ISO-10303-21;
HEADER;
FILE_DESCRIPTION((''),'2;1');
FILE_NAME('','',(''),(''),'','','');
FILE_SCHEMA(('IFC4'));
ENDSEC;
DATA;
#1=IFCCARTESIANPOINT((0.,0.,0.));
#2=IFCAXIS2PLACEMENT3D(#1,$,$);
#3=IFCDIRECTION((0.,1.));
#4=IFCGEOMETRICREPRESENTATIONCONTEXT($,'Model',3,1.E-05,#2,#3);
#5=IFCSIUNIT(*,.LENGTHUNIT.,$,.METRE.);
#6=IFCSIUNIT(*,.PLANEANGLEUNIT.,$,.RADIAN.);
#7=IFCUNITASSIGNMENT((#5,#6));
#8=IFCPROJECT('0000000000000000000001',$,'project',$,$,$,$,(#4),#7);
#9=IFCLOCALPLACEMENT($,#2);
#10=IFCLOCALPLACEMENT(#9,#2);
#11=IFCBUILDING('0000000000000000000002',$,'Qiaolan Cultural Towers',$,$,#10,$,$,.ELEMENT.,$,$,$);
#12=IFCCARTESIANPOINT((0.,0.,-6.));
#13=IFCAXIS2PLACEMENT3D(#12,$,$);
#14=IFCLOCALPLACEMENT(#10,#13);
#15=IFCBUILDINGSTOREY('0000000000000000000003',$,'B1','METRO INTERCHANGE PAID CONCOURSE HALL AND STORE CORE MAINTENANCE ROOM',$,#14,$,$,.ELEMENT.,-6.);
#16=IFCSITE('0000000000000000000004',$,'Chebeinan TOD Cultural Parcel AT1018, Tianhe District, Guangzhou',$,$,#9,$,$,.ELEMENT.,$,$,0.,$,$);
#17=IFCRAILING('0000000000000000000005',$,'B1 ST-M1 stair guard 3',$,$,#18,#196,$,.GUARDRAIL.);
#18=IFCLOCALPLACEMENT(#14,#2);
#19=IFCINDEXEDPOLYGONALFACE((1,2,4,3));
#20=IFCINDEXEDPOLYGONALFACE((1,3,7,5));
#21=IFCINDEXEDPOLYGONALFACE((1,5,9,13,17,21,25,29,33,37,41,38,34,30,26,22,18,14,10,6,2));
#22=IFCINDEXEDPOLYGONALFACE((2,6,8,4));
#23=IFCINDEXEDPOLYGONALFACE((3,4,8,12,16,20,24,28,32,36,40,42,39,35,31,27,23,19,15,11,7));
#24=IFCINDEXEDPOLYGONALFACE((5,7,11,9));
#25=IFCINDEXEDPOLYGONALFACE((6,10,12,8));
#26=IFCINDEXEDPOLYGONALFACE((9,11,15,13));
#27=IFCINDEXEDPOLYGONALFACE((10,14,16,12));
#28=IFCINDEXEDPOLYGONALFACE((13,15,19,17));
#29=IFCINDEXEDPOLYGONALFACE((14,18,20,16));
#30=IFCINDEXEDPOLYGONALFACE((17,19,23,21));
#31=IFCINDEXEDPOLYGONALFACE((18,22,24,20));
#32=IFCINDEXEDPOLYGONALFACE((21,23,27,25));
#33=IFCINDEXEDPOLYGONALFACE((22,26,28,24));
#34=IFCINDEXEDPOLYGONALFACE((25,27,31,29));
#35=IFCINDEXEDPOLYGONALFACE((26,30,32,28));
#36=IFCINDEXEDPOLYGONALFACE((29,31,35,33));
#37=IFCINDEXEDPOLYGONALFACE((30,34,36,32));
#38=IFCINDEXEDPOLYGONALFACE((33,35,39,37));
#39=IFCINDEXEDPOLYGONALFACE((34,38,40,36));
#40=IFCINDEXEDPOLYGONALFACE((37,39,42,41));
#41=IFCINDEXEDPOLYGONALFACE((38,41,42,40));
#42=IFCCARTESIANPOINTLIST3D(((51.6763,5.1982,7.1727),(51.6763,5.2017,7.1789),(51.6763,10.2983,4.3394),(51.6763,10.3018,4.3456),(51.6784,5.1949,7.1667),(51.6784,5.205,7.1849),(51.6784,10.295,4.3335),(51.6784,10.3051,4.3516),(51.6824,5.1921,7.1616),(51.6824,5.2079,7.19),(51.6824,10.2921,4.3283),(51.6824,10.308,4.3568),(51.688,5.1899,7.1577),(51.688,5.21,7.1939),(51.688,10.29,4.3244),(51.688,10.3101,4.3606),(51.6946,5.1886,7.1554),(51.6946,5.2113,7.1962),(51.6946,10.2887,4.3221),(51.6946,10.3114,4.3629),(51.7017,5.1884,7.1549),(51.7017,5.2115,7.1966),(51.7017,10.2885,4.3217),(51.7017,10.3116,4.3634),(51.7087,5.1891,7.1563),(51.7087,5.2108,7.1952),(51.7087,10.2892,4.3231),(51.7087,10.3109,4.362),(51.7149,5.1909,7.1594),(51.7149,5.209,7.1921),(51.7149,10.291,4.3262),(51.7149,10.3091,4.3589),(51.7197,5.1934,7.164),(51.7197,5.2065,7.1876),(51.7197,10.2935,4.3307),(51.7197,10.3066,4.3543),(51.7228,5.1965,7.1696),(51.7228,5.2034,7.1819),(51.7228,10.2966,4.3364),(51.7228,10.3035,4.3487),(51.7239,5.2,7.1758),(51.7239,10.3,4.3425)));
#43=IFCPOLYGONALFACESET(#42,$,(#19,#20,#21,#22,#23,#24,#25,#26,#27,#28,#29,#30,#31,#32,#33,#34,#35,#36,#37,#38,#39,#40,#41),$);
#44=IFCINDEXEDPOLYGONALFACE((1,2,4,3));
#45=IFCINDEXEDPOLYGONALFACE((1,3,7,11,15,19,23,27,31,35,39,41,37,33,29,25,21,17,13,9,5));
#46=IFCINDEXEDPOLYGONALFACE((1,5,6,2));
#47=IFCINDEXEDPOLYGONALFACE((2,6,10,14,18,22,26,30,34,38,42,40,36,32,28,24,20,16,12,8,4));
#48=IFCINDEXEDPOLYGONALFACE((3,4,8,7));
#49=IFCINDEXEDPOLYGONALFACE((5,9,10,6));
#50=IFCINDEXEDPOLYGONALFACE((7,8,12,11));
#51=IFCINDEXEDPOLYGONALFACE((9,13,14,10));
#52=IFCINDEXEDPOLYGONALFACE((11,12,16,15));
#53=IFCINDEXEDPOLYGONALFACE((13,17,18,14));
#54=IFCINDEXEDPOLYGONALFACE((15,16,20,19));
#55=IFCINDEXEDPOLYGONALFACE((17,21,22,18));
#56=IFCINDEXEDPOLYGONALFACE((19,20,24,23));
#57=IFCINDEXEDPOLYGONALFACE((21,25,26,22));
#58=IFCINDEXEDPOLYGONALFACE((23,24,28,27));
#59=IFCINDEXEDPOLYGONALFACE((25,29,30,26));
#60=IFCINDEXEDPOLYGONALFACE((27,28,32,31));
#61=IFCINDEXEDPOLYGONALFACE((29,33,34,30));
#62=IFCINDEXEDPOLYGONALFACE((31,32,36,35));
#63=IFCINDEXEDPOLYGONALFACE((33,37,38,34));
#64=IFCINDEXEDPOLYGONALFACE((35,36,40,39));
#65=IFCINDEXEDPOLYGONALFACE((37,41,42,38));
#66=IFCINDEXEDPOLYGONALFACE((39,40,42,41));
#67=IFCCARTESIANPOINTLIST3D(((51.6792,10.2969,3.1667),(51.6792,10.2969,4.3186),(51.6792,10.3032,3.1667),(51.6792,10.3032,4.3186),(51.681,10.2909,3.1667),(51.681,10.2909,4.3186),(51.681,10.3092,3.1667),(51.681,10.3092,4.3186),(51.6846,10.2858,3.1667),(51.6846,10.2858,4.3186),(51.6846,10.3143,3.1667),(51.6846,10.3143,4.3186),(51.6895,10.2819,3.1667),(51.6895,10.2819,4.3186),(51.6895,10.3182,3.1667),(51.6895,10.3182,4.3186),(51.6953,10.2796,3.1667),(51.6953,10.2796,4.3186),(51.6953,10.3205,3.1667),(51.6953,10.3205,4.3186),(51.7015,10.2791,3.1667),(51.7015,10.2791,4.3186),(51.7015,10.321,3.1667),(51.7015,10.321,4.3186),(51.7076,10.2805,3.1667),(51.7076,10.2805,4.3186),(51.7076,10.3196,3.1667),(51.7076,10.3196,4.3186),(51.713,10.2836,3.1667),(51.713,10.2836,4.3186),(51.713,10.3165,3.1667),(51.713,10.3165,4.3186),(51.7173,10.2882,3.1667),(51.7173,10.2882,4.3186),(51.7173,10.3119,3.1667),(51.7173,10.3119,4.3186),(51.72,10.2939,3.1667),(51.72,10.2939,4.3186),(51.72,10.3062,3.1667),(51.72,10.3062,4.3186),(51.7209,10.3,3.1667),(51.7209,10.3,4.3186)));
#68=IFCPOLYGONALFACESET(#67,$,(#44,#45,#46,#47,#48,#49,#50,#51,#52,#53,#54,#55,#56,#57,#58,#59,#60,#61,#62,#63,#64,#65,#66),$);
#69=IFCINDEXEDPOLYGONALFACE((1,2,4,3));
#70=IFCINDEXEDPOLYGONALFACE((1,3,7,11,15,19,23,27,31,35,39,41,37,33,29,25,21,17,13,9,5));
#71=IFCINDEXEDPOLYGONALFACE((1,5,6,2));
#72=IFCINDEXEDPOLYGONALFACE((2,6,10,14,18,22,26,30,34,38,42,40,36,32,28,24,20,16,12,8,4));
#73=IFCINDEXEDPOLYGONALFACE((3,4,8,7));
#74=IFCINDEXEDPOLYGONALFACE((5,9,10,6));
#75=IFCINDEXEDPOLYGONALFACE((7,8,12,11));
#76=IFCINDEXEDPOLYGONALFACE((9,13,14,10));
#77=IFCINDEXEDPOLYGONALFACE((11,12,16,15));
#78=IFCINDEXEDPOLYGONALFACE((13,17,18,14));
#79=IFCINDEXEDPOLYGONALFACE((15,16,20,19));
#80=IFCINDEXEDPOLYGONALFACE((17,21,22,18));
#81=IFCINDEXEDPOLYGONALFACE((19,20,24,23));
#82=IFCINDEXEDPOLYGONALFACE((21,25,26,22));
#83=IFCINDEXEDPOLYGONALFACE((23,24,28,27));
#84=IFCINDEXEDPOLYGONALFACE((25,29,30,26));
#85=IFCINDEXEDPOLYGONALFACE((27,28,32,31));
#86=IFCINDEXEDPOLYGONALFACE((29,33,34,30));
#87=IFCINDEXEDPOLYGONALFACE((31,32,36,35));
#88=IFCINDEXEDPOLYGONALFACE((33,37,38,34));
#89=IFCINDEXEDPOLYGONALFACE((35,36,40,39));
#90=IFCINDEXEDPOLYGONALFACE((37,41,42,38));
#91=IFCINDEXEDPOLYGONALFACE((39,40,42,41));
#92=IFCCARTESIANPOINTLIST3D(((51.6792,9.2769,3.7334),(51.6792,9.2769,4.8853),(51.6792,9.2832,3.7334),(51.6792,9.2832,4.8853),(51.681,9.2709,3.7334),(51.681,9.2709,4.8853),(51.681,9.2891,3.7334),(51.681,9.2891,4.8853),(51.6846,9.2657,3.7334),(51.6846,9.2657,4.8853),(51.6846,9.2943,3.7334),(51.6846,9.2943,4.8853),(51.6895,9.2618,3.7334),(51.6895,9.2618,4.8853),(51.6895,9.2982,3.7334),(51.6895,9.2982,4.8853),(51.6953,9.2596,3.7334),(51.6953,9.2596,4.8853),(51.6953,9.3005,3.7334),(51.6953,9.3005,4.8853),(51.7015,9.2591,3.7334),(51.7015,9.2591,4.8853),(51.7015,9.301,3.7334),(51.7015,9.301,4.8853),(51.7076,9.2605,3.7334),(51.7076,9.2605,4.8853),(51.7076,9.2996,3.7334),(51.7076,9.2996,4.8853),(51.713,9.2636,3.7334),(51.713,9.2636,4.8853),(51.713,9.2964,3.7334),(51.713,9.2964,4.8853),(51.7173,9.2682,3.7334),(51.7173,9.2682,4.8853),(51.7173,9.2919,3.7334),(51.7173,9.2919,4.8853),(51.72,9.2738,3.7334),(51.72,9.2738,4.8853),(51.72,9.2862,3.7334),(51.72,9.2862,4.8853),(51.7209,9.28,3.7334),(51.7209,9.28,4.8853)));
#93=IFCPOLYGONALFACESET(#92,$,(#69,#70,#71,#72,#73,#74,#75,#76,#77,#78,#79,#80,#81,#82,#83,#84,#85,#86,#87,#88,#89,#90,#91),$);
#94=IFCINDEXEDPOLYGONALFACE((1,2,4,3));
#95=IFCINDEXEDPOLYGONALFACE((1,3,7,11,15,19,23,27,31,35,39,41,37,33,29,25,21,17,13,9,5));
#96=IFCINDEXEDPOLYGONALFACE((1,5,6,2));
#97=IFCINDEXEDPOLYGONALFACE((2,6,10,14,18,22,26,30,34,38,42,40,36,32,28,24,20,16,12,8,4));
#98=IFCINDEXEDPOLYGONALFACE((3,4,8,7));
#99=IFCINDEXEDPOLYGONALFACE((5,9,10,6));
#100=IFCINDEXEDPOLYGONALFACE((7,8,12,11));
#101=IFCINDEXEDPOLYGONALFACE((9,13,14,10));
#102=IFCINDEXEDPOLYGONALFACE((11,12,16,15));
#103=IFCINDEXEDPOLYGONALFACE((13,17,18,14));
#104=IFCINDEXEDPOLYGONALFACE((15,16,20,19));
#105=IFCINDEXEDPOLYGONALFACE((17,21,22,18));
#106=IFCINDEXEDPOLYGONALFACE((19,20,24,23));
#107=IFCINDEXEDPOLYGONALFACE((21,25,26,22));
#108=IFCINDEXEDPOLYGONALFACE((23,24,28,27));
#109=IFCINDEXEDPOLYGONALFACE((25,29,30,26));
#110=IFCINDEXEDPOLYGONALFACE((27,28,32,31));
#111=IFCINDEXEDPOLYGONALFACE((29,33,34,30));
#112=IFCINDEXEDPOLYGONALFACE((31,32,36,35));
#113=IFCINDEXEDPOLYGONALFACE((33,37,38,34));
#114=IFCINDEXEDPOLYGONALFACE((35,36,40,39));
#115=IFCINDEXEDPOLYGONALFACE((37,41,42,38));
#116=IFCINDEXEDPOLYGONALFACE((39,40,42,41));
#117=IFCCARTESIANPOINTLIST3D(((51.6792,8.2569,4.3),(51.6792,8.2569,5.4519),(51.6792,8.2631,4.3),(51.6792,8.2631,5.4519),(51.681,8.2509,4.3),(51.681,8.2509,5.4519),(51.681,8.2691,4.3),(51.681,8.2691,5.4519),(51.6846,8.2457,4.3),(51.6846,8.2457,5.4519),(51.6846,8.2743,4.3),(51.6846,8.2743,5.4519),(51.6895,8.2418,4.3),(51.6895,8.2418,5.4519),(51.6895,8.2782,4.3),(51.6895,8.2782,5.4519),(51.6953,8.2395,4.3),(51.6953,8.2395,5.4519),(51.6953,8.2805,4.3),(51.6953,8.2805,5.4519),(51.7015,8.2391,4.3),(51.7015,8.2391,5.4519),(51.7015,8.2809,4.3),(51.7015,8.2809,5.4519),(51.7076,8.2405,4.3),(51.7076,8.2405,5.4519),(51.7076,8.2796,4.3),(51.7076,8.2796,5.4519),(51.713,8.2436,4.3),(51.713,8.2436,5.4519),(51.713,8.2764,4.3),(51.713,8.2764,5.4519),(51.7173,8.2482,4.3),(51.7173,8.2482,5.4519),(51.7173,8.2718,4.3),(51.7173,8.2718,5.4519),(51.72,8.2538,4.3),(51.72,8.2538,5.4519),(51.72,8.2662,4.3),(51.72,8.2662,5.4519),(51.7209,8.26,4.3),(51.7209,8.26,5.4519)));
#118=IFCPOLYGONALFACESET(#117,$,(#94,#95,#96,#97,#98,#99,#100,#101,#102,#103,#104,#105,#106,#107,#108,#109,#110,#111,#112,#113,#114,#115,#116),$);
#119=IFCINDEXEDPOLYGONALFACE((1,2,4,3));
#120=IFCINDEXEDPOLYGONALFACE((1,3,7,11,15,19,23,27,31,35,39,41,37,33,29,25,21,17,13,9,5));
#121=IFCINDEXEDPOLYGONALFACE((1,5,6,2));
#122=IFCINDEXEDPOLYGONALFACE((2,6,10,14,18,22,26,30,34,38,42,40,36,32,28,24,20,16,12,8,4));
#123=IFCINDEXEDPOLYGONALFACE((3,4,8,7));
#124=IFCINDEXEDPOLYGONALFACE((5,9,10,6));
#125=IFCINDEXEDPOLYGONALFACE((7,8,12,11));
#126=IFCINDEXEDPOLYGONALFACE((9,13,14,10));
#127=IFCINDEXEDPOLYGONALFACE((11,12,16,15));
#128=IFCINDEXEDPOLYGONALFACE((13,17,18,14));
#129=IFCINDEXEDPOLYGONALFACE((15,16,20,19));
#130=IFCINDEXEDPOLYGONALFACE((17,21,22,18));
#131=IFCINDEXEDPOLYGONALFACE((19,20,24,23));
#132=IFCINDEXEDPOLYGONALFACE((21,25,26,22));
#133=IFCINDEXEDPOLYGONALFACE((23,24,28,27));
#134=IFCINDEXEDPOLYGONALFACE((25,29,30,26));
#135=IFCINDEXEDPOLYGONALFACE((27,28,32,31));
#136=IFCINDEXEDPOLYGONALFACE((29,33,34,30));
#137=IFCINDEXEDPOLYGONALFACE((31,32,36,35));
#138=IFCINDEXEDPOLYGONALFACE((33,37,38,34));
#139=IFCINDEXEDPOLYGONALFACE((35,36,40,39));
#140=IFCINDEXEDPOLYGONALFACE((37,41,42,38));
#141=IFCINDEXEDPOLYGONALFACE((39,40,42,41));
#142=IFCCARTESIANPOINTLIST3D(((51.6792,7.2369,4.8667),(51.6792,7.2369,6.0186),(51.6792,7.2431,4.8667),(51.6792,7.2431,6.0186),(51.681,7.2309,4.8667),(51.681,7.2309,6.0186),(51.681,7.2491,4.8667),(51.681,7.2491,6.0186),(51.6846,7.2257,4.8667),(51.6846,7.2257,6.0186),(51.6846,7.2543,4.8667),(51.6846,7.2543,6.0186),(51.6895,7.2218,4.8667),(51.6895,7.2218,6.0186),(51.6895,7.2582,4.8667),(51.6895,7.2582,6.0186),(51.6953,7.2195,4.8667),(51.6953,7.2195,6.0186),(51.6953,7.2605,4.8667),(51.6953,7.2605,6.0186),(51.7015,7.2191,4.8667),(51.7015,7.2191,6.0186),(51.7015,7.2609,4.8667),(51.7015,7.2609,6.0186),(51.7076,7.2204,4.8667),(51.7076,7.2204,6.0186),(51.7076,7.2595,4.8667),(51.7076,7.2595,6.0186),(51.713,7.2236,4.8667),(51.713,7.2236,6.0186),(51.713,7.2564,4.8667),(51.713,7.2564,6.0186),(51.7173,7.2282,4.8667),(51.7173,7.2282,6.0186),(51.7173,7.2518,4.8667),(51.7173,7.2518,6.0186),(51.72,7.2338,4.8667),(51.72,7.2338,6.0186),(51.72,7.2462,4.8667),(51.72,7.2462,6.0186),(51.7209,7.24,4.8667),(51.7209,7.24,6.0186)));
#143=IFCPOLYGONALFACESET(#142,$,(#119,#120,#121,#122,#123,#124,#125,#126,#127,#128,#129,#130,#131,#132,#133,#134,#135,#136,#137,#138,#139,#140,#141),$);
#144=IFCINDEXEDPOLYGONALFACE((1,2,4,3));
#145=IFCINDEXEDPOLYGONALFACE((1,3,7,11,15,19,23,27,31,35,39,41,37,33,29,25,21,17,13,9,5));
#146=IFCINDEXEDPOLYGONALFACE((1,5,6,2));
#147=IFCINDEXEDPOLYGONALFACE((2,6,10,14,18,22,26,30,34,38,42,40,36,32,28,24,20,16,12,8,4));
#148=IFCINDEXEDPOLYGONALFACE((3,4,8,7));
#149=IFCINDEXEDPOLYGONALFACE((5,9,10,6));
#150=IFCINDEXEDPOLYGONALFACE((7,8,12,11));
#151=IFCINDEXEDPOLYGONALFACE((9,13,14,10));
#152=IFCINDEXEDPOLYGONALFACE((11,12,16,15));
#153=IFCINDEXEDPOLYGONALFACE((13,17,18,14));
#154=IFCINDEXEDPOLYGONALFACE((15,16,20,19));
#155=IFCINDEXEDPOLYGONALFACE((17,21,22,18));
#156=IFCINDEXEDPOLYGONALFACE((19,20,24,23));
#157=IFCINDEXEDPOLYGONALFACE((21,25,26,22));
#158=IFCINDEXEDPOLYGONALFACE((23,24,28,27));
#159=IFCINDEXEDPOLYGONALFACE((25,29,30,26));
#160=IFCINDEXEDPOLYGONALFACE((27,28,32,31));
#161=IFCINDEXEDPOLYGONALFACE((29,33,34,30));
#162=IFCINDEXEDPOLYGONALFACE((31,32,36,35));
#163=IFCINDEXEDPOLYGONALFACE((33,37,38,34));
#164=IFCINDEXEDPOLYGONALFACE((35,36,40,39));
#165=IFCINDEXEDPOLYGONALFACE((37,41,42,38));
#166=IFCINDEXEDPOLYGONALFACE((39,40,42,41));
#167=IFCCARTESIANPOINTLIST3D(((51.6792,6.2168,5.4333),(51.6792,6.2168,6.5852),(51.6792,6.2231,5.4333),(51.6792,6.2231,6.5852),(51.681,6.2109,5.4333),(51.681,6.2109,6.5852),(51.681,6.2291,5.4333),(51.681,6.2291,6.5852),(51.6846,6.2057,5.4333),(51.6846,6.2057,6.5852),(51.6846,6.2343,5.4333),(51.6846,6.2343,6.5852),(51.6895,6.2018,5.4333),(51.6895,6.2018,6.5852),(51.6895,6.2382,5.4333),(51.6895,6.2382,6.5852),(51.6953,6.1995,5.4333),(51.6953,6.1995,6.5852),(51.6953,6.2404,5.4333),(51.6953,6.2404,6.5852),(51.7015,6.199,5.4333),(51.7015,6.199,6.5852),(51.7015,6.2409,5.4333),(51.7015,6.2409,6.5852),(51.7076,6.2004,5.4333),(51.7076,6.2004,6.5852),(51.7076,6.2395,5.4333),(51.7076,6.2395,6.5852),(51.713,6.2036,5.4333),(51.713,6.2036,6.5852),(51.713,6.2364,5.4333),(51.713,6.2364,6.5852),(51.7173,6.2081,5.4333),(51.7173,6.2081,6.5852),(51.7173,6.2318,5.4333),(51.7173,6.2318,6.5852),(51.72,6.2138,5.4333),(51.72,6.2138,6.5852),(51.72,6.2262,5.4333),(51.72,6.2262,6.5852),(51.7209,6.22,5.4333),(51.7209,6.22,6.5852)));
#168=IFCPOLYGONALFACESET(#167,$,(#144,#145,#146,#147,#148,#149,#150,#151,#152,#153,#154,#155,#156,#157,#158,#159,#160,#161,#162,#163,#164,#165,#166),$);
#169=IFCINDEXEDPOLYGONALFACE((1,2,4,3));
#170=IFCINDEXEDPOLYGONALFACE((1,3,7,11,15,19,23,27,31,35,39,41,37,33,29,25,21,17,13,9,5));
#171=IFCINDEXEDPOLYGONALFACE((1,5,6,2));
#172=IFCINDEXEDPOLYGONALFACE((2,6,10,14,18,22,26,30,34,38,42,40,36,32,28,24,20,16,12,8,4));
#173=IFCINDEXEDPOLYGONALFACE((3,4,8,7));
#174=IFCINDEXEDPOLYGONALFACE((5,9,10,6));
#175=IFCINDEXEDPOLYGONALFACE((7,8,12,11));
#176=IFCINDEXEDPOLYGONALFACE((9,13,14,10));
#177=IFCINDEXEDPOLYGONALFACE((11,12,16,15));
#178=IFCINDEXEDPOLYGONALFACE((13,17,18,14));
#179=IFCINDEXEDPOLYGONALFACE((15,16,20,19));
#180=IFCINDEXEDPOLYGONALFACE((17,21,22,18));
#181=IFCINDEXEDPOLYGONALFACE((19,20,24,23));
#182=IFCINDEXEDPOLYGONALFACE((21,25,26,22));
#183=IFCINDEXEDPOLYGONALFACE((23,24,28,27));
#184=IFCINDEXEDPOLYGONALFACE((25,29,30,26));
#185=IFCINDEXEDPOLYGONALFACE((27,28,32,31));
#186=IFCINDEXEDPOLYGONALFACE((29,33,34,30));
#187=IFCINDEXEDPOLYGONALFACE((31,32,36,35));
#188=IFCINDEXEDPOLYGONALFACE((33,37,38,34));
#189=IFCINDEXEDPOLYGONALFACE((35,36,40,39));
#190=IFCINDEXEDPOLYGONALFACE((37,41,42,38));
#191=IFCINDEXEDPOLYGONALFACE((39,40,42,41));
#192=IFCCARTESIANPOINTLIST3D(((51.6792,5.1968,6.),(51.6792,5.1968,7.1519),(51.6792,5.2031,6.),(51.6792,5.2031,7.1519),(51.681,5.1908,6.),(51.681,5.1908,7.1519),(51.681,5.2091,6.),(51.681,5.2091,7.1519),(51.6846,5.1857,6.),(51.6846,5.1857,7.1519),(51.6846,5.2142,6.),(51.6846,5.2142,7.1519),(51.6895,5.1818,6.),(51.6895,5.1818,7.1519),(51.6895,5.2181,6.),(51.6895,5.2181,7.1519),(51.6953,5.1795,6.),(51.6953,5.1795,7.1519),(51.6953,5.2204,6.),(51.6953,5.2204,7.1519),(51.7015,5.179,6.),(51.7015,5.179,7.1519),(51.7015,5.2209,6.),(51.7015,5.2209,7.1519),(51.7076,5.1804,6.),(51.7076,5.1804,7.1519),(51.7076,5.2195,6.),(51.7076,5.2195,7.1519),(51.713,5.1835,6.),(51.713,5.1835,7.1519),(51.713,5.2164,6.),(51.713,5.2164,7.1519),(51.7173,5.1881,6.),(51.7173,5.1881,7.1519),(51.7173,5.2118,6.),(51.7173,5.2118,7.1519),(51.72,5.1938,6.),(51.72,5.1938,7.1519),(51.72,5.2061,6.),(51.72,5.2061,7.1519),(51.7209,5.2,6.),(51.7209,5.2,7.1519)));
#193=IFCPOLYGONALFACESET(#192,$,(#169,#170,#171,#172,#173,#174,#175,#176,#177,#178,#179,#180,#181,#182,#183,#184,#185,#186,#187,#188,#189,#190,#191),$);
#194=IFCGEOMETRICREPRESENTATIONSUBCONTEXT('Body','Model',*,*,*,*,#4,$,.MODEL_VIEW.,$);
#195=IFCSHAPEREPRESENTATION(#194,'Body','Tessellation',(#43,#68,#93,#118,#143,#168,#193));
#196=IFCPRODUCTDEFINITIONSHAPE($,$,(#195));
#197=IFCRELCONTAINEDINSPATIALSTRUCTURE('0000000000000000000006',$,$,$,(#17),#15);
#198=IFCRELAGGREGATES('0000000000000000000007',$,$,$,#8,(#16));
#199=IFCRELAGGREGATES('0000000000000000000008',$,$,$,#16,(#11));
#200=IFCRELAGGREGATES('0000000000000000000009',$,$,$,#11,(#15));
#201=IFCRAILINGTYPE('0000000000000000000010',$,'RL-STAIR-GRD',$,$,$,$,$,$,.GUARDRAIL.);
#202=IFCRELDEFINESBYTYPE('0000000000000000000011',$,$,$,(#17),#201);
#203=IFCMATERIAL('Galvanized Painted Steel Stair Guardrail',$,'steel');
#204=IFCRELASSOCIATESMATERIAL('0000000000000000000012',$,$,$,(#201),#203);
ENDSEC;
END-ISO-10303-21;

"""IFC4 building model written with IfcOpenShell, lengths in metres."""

from ifc_helpers import new_model, si_unit, direction, frame, origin, origin_2d, place, context, subcontext, project, spatial, circle, extrude, material, type_object, element, save


model = new_model("IFC4")

# Units and contexts
model_context = context("Model", 3, precision=1e-05, world=origin(), true_north=direction((0.0, 1.0)))
body_context = subcontext(model_context, "Body", "Model", "MODEL_VIEW")
ifc_project = project(units=[si_unit("LENGTHUNIT", "METRE"), si_unit("PLANEANGLEUNIT", "RADIAN")], contexts=[model_context])

# Site, building, storey
site_placement = place(None, origin())
site = spatial("IfcSite", under=ifc_project, at=site_placement, Name="Chebeinan TOD Cultural Parcel AT1018, Tianhe District, Guangzhou", CompositionType="ELEMENT", RefElevation=0.0)
building_placement = place(site_placement, origin())
building = spatial("IfcBuilding", under=site, at=building_placement, Name="Qiaolan Cultural Towers", CompositionType="ELEMENT")
storey_placement = place(building_placement, frame((0.0, 0.0, -6.0)))
storey = spatial("IfcBuildingStorey", under=building, at=storey_placement, Name="B1", Description="METRO INTERCHANGE PAID CONCOURSE HALL AND STORE CORE MAINTENANCE ROOM", CompositionType="ELEMENT", Elevation=-6.0)

# Railing
ifc_material_1 = material(Name="Galvanized Painted Steel Stair Guardrail", Category="steel")
railing_type_1 = type_object("IfcRailingType", Name="RL-STAIR-GRD", PredefinedType="GUARDRAIL", material=ifc_material_1)
railing_1_placement = place(storey_placement, frame((51.7, 10.3, 3.1667)))
element("IfcRailing", 1, at=railing_1_placement, inside=storey, type_object=railing_type_1, Name="B1 ST-M1 stair guard 3", PredefinedType="GUARDRAIL", context=body_context, shape_type="SweptSolid", body=[
    extrude(circle(Radius=0.0239, at=origin_2d()), frame((0.0, 0.0, 1.1758), z_axis=(0.0, -0.874167, 0.485625), x_axis=(1.0, 0.0, 0.0)), (0.0, 0.0, 1.0), 5.8342),
    extrude(circle(Radius=0.021, at=origin_2d()), origin(), (0.0, 0.0, 1.0), 1.1519),
    extrude(circle(Radius=0.021, at=origin_2d()), frame((0.0, -1.02, 0.5667)), (0.0, 0.0, 1.0), 1.1519),
    extrude(circle(Radius=0.021, at=origin_2d()), frame((0.0, -2.04, 1.1333)), (0.0, 0.0, 1.0), 1.1519),
    extrude(circle(Radius=0.021, at=origin_2d()), frame((0.0, -3.0601, 1.7)), (0.0, 0.0, 1.0), 1.1519),
    extrude(circle(Radius=0.021, at=origin_2d()), frame((0.0, -4.0801, 2.2666)), (0.0, 0.0, 1.0), 1.1519),
    extrude(circle(Radius=0.021, at=origin_2d()), frame((0.0, -5.1001, 2.8333)), (0.0, 0.0, 1.0), 1.1519),
])

save(model, "model.ifc")
